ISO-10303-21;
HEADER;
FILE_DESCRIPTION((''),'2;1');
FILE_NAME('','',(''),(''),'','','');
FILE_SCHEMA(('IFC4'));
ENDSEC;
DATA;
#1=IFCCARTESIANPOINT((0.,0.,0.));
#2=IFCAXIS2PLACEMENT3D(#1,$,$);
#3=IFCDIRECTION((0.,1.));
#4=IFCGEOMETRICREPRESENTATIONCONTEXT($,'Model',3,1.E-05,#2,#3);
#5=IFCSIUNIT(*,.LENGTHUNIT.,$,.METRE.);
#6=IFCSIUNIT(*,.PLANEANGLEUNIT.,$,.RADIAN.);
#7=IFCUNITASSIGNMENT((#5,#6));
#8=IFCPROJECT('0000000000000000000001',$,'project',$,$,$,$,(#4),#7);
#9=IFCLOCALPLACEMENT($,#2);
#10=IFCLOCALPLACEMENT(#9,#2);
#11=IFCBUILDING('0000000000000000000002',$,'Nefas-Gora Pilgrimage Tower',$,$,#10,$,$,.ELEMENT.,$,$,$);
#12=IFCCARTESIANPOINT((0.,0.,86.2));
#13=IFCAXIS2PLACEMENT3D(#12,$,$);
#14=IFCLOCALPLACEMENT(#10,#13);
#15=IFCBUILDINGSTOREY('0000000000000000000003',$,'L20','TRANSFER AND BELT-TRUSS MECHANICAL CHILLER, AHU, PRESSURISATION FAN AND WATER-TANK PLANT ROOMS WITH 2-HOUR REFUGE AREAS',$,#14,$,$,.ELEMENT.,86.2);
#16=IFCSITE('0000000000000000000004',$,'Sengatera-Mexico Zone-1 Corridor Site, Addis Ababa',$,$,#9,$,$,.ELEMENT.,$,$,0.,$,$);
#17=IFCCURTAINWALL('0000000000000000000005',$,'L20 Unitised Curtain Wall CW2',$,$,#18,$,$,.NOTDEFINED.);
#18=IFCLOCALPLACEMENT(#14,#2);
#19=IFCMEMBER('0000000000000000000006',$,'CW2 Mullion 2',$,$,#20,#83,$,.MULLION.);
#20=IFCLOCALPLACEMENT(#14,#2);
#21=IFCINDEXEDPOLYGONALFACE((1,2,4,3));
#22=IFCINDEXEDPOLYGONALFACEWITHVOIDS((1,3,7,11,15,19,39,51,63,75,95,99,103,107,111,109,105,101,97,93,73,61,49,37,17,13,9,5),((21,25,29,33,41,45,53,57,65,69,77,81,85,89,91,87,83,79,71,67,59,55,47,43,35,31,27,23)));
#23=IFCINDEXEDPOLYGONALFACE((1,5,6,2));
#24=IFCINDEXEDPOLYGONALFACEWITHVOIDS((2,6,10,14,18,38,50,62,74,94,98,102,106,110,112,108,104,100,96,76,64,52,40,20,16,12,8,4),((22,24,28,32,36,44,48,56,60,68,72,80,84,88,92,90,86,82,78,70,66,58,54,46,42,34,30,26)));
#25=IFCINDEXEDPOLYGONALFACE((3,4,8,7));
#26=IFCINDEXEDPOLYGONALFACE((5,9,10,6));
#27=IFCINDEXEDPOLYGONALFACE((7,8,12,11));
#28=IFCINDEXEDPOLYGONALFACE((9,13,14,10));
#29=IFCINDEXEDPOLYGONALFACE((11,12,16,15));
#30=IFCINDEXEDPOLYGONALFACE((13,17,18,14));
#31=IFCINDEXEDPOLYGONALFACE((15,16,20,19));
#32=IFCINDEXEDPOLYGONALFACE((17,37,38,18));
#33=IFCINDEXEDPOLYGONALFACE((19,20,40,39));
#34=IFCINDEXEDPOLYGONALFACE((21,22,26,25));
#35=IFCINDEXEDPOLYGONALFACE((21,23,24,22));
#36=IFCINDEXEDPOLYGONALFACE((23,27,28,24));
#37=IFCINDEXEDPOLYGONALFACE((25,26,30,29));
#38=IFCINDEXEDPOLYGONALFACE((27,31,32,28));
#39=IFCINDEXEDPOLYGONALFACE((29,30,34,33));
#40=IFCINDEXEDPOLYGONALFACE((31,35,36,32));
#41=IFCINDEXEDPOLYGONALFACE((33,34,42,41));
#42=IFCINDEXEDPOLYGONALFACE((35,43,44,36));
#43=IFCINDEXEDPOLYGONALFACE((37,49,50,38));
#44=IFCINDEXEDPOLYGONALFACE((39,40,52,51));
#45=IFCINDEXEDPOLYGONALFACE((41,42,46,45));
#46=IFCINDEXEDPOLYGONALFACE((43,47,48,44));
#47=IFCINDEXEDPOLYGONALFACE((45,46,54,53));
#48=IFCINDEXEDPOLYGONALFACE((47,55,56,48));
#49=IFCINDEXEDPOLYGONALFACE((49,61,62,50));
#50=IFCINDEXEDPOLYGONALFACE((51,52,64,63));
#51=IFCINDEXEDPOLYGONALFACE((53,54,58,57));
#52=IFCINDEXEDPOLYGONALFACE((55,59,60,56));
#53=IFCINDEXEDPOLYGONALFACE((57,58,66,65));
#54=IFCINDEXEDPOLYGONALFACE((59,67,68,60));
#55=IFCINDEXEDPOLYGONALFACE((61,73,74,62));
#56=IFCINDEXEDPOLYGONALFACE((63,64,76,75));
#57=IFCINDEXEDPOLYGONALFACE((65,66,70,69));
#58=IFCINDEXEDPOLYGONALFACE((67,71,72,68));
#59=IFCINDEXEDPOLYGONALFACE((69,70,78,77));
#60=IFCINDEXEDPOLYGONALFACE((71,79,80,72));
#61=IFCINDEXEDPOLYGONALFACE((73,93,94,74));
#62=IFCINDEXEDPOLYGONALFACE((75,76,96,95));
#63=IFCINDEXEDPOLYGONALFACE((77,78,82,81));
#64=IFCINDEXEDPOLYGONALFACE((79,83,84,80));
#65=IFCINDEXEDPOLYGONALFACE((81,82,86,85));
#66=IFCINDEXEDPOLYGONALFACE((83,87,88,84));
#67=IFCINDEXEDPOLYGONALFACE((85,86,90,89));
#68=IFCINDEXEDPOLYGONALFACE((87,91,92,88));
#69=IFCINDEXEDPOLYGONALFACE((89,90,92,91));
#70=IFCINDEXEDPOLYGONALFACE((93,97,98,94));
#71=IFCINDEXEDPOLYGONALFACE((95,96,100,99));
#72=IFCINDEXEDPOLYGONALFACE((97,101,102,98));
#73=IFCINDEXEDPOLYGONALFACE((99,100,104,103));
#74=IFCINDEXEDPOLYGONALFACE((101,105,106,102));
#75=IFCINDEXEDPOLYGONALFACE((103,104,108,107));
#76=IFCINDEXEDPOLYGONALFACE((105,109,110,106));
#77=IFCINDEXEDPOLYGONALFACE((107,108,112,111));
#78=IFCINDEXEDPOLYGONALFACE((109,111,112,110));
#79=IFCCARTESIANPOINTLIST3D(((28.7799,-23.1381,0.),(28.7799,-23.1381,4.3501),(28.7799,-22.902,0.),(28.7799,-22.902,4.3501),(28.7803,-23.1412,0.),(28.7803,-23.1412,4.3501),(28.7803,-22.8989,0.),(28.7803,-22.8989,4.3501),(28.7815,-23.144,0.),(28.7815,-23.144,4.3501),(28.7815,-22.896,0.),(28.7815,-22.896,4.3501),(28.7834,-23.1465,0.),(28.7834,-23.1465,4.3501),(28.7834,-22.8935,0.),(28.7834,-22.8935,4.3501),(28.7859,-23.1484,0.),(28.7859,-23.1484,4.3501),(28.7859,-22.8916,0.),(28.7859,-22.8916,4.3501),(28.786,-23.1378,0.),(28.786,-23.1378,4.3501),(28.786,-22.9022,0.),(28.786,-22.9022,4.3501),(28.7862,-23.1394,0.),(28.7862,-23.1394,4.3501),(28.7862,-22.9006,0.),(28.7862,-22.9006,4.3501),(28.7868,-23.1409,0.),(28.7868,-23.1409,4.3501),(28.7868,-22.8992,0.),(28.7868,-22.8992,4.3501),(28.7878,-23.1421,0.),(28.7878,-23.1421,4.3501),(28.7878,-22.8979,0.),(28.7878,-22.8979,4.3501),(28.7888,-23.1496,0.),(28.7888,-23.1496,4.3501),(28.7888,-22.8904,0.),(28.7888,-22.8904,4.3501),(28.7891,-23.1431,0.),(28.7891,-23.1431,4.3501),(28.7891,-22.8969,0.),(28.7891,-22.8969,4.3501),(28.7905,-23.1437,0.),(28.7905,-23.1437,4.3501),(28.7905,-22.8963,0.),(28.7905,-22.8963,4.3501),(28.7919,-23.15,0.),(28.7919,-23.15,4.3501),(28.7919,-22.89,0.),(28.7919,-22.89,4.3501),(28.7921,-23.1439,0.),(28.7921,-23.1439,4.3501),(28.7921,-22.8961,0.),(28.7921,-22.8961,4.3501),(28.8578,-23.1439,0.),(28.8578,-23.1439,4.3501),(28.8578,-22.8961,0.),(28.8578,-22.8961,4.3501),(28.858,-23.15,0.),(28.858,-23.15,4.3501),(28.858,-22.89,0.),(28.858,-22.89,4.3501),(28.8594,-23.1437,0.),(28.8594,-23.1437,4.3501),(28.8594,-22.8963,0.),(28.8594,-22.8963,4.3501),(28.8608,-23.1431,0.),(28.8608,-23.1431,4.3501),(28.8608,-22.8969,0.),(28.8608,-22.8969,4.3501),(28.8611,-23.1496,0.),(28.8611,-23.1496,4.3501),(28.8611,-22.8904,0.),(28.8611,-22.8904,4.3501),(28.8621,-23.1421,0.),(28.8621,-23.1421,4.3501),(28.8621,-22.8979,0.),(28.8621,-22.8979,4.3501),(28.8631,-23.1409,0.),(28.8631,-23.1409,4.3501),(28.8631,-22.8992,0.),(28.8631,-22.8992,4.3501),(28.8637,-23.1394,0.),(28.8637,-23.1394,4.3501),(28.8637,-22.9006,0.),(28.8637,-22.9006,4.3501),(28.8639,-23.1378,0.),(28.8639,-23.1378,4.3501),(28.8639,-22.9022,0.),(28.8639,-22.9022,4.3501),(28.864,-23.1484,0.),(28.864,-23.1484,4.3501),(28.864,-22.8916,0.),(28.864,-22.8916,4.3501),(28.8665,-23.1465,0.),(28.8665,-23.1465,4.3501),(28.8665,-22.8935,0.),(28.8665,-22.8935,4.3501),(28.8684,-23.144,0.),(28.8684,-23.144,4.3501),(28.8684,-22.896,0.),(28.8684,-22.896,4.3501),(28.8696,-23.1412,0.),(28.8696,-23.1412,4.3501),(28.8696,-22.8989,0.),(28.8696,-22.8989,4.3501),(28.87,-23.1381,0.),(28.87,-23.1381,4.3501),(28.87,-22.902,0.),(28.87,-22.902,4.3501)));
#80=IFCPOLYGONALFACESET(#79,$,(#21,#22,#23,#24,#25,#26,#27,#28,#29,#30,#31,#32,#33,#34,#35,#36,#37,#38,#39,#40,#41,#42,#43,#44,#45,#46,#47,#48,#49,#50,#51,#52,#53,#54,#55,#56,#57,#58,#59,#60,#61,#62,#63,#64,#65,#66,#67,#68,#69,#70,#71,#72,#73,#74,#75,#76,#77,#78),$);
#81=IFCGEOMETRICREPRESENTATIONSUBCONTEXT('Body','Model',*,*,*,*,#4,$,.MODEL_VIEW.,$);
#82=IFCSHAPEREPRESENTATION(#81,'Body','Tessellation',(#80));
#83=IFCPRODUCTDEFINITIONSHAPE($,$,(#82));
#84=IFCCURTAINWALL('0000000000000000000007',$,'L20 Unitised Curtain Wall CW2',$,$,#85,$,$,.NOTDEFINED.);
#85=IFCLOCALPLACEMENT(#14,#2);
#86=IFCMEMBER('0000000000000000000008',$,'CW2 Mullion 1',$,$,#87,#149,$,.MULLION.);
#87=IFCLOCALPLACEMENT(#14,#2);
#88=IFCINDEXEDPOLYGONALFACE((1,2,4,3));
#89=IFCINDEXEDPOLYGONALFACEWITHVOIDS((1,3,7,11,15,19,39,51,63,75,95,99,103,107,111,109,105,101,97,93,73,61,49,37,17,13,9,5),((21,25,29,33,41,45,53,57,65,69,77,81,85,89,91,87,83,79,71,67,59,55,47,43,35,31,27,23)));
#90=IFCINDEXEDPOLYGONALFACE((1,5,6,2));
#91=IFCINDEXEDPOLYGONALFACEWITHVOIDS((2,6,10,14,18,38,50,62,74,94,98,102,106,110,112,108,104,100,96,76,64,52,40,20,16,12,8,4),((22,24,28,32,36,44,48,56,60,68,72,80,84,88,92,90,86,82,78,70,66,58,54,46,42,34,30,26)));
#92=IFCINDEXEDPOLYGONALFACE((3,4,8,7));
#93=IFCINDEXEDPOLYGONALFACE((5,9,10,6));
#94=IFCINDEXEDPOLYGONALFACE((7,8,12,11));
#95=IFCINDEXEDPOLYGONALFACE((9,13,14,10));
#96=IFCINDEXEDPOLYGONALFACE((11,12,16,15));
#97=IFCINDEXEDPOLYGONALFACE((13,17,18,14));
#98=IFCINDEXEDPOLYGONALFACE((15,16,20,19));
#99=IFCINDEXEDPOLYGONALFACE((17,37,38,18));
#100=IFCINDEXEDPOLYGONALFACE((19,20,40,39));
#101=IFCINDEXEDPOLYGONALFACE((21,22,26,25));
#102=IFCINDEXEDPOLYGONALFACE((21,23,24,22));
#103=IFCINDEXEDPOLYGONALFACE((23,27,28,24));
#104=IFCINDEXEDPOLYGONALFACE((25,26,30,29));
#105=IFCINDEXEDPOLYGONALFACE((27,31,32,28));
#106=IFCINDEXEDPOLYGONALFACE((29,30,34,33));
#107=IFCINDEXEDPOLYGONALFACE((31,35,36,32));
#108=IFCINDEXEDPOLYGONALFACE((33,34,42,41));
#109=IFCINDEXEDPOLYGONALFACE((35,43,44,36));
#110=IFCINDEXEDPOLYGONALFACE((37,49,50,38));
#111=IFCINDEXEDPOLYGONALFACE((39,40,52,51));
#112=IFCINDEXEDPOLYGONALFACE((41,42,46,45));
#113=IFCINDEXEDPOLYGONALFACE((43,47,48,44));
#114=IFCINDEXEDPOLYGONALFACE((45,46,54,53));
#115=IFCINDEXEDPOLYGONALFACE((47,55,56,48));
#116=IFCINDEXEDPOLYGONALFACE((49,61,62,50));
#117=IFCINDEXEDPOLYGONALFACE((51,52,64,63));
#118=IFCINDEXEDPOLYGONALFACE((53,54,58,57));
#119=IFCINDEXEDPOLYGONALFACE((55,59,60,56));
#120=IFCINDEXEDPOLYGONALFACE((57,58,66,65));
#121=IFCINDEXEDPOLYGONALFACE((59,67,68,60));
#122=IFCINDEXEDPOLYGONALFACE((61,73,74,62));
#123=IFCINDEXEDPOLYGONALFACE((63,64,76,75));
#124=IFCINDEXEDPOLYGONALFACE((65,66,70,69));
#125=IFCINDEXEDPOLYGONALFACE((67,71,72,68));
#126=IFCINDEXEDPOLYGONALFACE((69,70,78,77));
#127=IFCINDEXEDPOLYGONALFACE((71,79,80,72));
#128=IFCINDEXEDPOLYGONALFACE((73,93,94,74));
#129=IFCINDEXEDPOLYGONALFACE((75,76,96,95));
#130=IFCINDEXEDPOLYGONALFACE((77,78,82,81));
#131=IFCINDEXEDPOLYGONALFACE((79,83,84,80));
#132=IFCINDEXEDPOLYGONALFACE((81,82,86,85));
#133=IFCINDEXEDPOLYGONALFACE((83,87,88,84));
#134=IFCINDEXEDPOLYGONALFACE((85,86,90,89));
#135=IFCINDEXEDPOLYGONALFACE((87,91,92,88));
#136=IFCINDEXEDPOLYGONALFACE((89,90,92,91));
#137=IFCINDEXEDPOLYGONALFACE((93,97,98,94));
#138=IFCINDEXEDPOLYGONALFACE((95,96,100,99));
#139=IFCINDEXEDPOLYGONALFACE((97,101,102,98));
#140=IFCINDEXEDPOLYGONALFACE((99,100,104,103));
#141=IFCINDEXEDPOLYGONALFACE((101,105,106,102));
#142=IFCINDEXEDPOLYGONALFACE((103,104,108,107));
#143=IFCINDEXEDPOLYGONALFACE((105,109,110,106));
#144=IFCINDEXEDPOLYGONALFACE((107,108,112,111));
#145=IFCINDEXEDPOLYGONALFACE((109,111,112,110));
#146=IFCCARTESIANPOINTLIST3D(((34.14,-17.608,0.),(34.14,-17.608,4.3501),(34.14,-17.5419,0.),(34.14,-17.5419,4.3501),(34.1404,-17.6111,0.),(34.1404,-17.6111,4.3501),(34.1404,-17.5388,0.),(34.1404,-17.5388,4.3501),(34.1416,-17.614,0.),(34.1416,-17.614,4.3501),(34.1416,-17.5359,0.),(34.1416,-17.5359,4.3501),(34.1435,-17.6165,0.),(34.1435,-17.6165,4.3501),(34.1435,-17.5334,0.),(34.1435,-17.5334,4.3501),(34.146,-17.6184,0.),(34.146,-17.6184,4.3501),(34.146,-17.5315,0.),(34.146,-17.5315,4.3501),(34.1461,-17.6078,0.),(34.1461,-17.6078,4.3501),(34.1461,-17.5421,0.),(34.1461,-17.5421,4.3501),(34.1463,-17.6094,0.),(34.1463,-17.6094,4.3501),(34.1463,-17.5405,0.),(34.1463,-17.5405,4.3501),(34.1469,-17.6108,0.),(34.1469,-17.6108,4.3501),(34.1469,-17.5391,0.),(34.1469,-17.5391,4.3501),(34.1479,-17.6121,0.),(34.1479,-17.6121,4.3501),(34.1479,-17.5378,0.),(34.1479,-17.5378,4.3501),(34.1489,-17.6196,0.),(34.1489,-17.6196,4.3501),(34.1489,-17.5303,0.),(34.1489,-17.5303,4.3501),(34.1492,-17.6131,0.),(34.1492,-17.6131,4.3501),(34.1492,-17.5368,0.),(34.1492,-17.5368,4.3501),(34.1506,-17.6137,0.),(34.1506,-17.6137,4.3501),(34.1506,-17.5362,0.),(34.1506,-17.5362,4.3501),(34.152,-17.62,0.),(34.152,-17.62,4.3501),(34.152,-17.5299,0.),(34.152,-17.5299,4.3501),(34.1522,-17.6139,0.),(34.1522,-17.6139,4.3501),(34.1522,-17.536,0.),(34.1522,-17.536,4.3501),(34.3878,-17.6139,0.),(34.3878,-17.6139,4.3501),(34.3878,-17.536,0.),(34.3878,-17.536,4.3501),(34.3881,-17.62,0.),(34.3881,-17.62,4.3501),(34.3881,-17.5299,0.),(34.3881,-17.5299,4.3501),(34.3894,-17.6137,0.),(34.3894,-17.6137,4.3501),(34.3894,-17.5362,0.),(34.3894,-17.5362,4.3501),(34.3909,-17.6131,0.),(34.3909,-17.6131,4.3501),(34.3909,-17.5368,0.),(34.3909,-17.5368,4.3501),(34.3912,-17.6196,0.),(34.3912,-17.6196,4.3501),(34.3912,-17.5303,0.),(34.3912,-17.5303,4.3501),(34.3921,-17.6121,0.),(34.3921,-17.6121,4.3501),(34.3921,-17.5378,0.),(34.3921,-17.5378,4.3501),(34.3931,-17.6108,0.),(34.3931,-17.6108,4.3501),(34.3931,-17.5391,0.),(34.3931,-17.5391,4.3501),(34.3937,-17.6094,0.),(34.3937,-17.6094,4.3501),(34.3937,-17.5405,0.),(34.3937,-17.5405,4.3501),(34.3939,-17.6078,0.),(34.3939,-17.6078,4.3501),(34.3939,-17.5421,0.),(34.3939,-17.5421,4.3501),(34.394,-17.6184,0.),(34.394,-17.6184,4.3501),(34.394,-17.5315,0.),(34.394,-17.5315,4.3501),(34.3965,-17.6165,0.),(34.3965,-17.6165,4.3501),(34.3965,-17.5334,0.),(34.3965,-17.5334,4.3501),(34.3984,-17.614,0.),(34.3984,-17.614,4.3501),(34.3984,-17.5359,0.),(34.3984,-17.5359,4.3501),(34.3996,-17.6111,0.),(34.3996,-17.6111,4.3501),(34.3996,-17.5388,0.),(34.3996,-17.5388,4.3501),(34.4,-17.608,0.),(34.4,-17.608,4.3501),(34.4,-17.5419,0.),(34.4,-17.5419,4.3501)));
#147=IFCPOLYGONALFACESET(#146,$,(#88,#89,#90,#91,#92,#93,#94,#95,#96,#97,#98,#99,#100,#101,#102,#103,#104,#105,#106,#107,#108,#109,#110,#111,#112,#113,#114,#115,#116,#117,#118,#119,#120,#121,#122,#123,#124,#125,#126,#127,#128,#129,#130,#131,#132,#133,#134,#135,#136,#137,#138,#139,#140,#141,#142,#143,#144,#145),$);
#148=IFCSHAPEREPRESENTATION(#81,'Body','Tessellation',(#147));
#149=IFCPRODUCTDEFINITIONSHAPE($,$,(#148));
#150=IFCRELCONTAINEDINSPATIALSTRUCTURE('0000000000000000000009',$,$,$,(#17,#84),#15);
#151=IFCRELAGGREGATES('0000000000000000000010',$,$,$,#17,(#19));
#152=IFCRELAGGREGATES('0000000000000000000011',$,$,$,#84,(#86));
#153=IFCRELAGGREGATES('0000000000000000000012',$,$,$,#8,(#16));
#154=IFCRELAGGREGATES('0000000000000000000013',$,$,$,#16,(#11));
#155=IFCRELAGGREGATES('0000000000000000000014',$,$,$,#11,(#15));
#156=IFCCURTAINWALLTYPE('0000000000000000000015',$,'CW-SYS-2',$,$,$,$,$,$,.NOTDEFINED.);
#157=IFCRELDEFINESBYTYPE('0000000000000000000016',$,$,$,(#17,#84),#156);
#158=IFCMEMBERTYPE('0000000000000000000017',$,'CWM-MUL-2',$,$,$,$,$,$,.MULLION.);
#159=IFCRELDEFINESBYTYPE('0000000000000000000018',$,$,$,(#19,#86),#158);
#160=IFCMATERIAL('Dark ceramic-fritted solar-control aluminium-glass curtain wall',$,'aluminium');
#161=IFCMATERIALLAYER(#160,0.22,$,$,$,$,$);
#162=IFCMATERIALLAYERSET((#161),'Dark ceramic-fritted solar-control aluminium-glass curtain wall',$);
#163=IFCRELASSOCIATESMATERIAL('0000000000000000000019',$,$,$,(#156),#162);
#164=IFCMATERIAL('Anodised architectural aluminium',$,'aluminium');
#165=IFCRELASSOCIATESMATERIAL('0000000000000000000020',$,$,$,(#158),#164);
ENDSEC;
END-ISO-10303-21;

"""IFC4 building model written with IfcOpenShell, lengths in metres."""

from ifc_helpers import new_model, si_unit, direction, frame, origin, origin_2d, place, context, subcontext, project, spatial, hollow_rectangle, extrude, source, transform, mapped, material, layer, layer_set, material_profile, profile_set, type_object, element, aggregate, save


model = new_model("IFC4")

# Units and contexts
model_context = context("Model", 3, precision=1e-05, world=origin(), true_north=direction((0.0, 1.0)))
body_context = subcontext(model_context, "Body", "Model", "MODEL_VIEW")
ifc_project = project(units=[si_unit("LENGTHUNIT", "METRE"), si_unit("PLANEANGLEUNIT", "RADIAN")], contexts=[model_context])

# Site, building, storey
site_placement = place(None, origin())
site = spatial("IfcSite", under=ifc_project, at=site_placement, Name="Sengatera-Mexico Zone-1 Corridor Site, Addis Ababa", CompositionType="ELEMENT", RefElevation=0.0)
building_placement = place(site_placement, origin())
building = spatial("IfcBuilding", under=site, at=building_placement, Name="Nefas-Gora Pilgrimage Tower", CompositionType="ELEMENT")
storey_placement = place(building_placement, frame((0.0, 0.0, 86.2)))
storey = spatial("IfcBuildingStorey", under=building, at=storey_placement, Name="L20", Description="TRANSFER AND BELT-TRUSS MECHANICAL CHILLER, AHU, PRESSURISATION FAN AND WATER-TANK PLANT ROOMS WITH 2-HOUR REFUGE AREAS", CompositionType="ELEMENT", Elevation=86.2)

# Shared definitions
ifc_material_1 = material(Name="Dark ceramic-fritted solar-control aluminium-glass curtain wall", Category="aluminium")
ifc_layer_1 = layer(ifc_material_1, 0.22)
ifc_layer_set_1 = layer_set([ifc_layer_1], Name="Dark ceramic-fritted solar-control aluminium-glass curtain wall")
curtain_wall_type = type_object("IfcCurtainWallType", Name="CW-SYS-2", PredefinedType="NOTDEFINED", material=ifc_layer_set_1)
ifc_material_2 = material(Name="Anodised architectural aluminium", Category="aluminium")
ifc_material_profile_1 = material_profile(ifc_material_2, hollow_rectangle(XDim=0.0901, YDim=0.26, WallThickness=0.0061, InnerFilletRadius=0.0061, OuterFilletRadius=0.012, at=origin_2d()), Name="ALU MULLION 90x260")
ifc_profile_set_1 = profile_set([ifc_material_profile_1], Name="Anodised architectural aluminium")
member_type_1 = type_object("IfcMemberType", Name="CWM-MUL-2", PredefinedType="MULLION", material=ifc_profile_set_1)
shared_shape_1 = source(origin(), body_context, "Body", "SweptSolid", [
    extrude(hollow_rectangle(XDim=0.0901, YDim=0.26, WallThickness=0.0061, InnerFilletRadius=0.0061, OuterFilletRadius=0.012, at=origin_2d()), origin(), (0.0, 0.0, 1.0), 4.3501),
])

# Curtain walls, members
curtain_wall_1_placement = place(storey_placement, origin())
curtain_wall_1 = element("IfcCurtainWall", 1, at=curtain_wall_1_placement, inside=storey, type_object=curtain_wall_type, Name="L20 Unitised Curtain Wall CW2", PredefinedType="NOTDEFINED")
member_1_placement = place(storey_placement, frame((28.825, -23.02, 0.0), z_axis=(0.0, 0.0, 1.0), x_axis=(1.0, 0.0, 0.0)))
member_1 = element("IfcMember", 2, at=member_1_placement, type_object=member_type_1, Name="CW2 Mullion 2", PredefinedType="MULLION", context=body_context, shape_type="MappedRepresentation", body=[
    mapped(shared_shape_1, transform((0.0, 0.0, 0.0), x_axis=(1.0, 0.0, 0.0), y_axis=(0.0, 1.0, 0.0), z_axis=(0.0, 0.0, 1.0), scale=1.0)),
])
curtain_wall_2_placement = place(storey_placement, origin())
curtain_wall_2 = element("IfcCurtainWall", 3, at=curtain_wall_2_placement, inside=storey, type_object=curtain_wall_type, Name="L20 Unitised Curtain Wall CW2", PredefinedType="NOTDEFINED")
member_2_placement = place(storey_placement, frame((34.27, -17.575, 0.0), z_axis=(0.0, 0.0, 1.0), x_axis=(0.0, 1.0, 0.0)))
member_2 = element("IfcMember", 4, at=member_2_placement, type_object=member_type_1, Name="CW2 Mullion 1", PredefinedType="MULLION", context=body_context, shape_type="MappedRepresentation", body=[
    mapped(shared_shape_1, transform((0.0, 0.0, 0.0), x_axis=(1.0, 0.0, 0.0), y_axis=(0.0, 1.0, 0.0), z_axis=(0.0, 0.0, 1.0), scale=1.0)),
])

aggregate(curtain_wall_1, [member_1])
aggregate(curtain_wall_2, [member_2])

save(model, "model.ifc")
